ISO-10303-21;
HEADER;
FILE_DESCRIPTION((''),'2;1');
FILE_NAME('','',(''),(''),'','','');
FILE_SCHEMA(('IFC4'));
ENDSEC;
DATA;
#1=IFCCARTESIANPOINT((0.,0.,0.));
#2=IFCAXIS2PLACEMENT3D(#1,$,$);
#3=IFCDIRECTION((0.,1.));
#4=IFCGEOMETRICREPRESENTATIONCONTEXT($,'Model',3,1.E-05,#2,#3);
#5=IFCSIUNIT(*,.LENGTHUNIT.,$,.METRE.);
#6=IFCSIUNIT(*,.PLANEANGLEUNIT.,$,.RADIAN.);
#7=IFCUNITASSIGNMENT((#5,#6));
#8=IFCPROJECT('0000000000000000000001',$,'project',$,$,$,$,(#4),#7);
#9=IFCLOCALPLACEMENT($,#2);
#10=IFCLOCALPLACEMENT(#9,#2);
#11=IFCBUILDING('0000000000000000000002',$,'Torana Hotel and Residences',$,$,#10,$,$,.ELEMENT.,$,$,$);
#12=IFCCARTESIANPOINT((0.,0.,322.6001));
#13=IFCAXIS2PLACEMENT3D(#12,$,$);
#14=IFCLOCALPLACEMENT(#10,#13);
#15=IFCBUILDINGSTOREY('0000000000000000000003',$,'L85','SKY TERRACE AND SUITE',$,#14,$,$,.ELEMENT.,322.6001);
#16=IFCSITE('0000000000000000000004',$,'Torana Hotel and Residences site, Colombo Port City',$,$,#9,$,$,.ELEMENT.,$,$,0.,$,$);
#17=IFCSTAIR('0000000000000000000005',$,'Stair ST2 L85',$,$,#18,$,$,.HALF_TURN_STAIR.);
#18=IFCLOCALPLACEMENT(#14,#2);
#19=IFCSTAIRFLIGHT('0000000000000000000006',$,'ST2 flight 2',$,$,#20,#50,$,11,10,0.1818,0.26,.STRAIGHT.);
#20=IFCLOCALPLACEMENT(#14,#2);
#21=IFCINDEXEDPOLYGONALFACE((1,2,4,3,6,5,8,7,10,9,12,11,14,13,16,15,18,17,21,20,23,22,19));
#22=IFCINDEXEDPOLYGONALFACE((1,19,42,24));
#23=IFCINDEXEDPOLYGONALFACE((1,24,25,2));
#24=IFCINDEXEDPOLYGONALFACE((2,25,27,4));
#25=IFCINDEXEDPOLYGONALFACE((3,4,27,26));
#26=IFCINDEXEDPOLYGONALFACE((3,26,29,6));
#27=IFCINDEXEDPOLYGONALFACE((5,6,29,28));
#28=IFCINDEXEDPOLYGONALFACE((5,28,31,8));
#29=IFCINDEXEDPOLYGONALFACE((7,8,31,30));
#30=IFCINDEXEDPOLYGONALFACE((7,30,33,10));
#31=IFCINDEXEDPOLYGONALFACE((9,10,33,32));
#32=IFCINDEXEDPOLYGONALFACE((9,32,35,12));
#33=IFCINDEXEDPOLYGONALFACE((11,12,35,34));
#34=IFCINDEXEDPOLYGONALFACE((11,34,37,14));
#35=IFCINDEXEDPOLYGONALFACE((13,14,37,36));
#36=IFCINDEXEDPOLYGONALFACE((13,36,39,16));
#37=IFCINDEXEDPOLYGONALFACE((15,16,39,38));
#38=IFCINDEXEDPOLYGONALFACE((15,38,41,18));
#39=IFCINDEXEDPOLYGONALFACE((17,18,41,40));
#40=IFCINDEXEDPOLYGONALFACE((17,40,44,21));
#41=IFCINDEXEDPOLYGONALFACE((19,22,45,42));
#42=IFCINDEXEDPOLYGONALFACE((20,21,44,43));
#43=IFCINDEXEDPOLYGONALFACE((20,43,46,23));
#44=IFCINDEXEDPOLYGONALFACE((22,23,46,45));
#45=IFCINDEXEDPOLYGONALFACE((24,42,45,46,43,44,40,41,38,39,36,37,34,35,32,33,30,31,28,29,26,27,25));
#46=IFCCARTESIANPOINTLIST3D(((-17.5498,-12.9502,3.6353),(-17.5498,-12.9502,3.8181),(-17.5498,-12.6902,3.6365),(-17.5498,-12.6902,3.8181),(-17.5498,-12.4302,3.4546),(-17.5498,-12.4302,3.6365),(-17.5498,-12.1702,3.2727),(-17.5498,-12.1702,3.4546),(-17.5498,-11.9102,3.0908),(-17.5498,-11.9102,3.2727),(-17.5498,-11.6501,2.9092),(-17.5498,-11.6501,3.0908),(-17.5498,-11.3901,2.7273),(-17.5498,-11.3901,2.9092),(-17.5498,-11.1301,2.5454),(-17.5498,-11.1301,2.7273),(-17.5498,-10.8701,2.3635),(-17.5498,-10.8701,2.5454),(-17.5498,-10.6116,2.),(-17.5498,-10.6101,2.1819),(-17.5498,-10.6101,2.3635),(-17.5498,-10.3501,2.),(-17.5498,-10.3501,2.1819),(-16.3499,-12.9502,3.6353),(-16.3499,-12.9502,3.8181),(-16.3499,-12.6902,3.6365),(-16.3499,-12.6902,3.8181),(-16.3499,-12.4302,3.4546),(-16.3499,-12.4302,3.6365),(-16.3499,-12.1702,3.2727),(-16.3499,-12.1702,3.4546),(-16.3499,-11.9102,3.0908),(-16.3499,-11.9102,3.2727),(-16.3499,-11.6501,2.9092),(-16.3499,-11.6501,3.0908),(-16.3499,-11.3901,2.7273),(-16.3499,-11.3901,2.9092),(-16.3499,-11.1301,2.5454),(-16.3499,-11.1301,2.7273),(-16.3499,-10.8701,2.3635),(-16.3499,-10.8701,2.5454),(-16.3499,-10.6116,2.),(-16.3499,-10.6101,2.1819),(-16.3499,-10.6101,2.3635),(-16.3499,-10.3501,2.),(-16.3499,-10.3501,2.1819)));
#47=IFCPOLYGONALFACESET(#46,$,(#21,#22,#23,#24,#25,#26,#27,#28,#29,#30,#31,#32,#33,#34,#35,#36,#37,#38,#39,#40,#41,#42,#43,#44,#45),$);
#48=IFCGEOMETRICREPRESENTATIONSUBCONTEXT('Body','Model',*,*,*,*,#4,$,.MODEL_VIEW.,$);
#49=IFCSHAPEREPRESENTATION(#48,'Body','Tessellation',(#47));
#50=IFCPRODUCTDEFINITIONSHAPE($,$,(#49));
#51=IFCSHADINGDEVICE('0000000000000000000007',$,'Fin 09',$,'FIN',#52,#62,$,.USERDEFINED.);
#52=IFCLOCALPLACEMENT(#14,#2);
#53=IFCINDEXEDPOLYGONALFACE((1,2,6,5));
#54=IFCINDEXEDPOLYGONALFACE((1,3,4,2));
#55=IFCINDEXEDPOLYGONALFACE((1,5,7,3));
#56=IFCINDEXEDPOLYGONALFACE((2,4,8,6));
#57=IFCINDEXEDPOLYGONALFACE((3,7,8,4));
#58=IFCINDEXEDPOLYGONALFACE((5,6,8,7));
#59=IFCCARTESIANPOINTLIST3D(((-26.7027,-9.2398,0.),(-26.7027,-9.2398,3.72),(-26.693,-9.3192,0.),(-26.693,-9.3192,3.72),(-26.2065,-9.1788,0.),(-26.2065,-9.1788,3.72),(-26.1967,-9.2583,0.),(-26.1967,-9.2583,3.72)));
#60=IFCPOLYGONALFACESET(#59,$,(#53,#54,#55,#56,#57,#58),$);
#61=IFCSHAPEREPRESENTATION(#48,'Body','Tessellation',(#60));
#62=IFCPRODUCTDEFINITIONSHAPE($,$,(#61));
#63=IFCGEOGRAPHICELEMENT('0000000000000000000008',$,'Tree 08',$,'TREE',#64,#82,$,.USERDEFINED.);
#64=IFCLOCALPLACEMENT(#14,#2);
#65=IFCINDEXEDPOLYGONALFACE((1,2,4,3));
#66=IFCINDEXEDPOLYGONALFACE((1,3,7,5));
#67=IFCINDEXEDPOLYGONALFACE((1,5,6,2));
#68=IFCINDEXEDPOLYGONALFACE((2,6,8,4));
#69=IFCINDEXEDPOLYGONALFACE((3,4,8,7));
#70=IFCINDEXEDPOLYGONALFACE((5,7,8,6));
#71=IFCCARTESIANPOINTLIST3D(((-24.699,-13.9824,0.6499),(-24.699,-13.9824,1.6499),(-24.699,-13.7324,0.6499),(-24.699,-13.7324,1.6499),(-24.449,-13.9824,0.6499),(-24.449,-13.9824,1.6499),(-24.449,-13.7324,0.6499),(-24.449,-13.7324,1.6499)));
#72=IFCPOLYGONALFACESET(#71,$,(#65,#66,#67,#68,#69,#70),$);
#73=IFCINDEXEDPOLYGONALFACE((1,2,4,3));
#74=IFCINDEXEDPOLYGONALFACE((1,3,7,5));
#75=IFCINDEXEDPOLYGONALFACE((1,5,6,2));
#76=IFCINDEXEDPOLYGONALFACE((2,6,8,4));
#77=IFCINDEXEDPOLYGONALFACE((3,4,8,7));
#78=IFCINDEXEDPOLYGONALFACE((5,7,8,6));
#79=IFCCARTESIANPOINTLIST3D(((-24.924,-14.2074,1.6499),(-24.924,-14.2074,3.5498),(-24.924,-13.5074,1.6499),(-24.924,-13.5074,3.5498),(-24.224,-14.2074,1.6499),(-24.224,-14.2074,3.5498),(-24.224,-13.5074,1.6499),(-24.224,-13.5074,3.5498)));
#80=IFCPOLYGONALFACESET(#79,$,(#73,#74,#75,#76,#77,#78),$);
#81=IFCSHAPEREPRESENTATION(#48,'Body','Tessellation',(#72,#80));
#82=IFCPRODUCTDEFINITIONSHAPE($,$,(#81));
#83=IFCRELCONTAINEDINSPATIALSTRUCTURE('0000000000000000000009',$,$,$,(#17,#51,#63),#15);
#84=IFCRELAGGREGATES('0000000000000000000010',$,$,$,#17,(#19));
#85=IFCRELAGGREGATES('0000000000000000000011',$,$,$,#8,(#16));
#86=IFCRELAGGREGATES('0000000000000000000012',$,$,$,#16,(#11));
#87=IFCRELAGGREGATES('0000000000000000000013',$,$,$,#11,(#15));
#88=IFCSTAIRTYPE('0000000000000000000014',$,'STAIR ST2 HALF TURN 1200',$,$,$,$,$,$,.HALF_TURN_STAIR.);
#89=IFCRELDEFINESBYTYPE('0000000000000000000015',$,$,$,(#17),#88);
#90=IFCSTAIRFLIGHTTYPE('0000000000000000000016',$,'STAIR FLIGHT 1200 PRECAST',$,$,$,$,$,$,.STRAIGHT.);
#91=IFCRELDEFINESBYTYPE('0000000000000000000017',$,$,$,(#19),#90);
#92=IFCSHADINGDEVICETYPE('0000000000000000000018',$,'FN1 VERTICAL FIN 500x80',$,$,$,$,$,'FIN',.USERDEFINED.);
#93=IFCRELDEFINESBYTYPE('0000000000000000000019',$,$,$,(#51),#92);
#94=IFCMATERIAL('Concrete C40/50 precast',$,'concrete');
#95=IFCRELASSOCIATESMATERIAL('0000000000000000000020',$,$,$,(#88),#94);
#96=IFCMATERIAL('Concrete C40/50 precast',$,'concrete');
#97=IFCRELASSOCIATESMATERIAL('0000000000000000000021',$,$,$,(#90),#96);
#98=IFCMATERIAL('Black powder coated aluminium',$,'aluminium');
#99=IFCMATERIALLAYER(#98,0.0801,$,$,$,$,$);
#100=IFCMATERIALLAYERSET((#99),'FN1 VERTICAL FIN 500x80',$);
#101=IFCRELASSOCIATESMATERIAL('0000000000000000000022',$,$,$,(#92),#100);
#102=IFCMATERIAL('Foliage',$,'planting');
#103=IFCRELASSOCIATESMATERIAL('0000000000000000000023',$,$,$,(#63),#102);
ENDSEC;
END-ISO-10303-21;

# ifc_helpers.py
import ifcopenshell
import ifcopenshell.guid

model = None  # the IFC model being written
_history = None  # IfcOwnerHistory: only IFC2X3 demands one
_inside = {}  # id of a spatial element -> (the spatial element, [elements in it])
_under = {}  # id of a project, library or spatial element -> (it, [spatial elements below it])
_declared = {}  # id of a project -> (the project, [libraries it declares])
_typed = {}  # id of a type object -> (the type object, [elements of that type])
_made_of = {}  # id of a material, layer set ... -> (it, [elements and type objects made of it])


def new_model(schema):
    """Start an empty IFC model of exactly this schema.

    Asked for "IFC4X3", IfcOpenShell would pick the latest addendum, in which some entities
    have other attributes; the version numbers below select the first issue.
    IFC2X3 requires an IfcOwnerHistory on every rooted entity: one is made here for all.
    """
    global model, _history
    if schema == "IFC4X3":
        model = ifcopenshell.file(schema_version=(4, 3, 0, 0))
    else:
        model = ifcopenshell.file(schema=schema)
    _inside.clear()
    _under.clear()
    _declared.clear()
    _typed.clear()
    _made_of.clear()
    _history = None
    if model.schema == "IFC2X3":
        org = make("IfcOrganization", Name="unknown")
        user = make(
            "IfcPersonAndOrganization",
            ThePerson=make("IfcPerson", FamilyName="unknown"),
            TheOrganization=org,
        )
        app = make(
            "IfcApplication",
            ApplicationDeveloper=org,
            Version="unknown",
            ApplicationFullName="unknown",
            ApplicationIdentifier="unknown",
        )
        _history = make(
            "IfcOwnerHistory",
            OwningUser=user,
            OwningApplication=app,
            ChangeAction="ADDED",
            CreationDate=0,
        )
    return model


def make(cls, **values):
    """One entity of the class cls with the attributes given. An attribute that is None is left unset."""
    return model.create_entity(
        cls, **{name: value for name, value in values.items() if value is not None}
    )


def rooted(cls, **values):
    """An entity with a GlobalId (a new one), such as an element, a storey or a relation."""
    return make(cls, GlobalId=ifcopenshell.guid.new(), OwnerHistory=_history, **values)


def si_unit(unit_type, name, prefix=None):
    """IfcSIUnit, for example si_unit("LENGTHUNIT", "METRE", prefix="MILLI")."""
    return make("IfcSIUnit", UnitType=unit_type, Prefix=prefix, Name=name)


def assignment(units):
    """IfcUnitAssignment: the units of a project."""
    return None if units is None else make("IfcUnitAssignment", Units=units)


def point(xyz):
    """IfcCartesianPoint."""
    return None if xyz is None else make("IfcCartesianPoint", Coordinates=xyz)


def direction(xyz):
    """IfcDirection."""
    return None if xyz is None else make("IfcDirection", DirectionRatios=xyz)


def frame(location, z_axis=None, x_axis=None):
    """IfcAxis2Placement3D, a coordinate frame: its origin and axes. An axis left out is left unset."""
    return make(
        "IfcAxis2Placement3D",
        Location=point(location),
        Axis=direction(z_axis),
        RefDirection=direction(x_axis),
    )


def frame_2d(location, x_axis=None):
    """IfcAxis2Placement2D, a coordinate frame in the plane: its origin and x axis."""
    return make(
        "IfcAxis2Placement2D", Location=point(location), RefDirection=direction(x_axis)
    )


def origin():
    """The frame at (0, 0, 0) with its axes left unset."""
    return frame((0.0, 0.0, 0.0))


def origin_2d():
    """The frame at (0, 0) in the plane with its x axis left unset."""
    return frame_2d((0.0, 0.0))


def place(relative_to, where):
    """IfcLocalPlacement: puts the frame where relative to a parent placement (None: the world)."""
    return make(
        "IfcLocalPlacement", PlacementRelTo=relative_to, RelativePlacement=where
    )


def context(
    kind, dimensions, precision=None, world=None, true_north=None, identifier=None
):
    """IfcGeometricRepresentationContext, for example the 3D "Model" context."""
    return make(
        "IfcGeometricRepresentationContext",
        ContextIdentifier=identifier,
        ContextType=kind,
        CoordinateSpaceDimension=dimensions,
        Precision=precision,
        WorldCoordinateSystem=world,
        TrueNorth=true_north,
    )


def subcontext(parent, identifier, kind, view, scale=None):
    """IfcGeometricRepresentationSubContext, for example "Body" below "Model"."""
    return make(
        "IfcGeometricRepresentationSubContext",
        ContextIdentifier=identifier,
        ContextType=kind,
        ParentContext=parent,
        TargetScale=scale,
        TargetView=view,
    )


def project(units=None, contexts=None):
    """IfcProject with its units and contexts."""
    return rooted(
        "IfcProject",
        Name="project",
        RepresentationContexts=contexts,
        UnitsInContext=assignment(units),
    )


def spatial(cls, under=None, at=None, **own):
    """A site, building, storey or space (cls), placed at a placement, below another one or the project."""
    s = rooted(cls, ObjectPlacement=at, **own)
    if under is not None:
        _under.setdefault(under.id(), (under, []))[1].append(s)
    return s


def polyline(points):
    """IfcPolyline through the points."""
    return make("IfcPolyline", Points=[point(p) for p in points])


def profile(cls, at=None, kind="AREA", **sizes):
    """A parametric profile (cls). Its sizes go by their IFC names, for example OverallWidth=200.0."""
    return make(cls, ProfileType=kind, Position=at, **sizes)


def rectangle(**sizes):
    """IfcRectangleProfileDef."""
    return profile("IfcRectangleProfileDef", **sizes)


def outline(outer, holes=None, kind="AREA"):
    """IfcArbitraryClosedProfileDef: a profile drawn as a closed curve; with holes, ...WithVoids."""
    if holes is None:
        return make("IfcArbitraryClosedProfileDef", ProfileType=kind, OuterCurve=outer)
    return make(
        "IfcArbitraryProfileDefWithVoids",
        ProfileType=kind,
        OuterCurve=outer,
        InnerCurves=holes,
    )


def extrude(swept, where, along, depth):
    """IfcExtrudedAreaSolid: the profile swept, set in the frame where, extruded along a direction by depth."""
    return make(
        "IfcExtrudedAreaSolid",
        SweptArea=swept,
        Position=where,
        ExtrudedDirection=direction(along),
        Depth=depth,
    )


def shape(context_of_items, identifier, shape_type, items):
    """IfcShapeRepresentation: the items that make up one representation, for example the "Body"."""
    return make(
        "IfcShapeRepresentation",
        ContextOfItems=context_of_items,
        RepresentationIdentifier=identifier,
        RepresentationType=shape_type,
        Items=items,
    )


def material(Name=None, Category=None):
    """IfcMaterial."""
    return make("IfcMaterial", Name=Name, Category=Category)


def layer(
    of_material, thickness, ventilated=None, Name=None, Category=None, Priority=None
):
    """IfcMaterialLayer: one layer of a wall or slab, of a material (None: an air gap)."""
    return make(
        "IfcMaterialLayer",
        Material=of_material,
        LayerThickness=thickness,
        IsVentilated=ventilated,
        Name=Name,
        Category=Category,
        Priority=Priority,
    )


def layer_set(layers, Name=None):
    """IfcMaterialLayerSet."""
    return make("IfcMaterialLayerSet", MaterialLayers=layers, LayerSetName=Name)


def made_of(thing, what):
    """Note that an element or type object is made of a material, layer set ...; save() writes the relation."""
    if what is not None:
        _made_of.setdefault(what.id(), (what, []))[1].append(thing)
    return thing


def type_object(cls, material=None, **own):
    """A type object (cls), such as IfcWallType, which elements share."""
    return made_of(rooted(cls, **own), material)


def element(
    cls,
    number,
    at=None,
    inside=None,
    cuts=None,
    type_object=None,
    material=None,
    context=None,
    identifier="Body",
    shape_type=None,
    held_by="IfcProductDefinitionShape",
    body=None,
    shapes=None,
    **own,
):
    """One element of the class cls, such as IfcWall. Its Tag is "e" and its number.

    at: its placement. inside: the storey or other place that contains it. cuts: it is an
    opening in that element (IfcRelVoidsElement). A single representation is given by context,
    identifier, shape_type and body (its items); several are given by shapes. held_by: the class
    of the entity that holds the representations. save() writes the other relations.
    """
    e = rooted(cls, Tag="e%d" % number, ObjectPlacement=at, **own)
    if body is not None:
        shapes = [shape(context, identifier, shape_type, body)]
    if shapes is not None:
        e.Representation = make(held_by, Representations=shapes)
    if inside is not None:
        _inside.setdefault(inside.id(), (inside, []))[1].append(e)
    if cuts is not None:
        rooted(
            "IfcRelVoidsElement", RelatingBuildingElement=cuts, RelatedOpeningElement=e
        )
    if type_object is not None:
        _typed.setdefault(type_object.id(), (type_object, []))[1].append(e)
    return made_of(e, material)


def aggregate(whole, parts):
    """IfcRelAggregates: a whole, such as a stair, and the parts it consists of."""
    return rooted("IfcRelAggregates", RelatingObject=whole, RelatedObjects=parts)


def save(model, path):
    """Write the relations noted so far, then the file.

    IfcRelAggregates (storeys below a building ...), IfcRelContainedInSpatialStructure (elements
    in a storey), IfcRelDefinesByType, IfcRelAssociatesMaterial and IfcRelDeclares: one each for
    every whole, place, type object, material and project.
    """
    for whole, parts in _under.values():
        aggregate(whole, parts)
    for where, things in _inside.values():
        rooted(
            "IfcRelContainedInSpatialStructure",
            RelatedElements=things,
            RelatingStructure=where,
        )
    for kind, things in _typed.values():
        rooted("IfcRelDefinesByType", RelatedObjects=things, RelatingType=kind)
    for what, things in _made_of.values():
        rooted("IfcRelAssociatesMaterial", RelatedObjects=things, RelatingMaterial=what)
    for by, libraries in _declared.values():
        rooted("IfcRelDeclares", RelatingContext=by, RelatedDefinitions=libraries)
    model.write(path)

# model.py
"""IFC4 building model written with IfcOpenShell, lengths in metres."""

from ifc_helpers import new_model, si_unit, direction, frame, origin, origin_2d, place, context, subcontext, project, spatial, polyline, rectangle, outline, extrude, material, layer, layer_set, type_object, element, aggregate, save


model = new_model("IFC4")

# Units and contexts
model_context = context("Model", 3, precision=1e-05, world=origin(), true_north=direction((0.0, 1.0)))
body_context = subcontext(model_context, "Body", "Model", "MODEL_VIEW")
ifc_project = project(units=[si_unit("LENGTHUNIT", "METRE"), si_unit("PLANEANGLEUNIT", "RADIAN")], contexts=[model_context])

# Site, building, storey
site_placement = place(None, origin())
site = spatial("IfcSite", under=ifc_project, at=site_placement, Name="Torana Hotel and Residences site, Colombo Port City", CompositionType="ELEMENT", RefElevation=0.0)
building_placement = place(site_placement, origin())
building = spatial("IfcBuilding", under=site, at=building_placement, Name="Torana Hotel and Residences", CompositionType="ELEMENT")
storey_placement = place(building_placement, frame((0.0, 0.0, 322.6001)))
storey = spatial("IfcBuildingStorey", under=building, at=storey_placement, Name="L85", Description="SKY TERRACE AND SUITE", CompositionType="ELEMENT", Elevation=322.6001)

# Stair, stair flight
ifc_material_1 = material(Name="Concrete C40/50 precast", Category="concrete")
stair_type = type_object("IfcStairType", Name="STAIR ST2 HALF TURN 1200", PredefinedType="HALF_TURN_STAIR", material=ifc_material_1)
stair_placement = place(storey_placement, origin())
stair = element("IfcStair", 1, at=stair_placement, inside=storey, type_object=stair_type, Name="Stair ST2 L85", PredefinedType="HALF_TURN_STAIR")
ifc_material_2 = material(Name="Concrete C40/50 precast", Category="concrete")
stair_flight_type = type_object("IfcStairFlightType", Name="STAIR FLIGHT 1200 PRECAST", PredefinedType="STRAIGHT", material=ifc_material_2)
stair_flight_1_placement = place(storey_placement, frame((-16.95, -10.3501, 2.0), z_axis=(0.0, 0.0, 1.0), x_axis=(0.0, -1.0, 0.0)))
stair_flight_1 = element("IfcStairFlight", 2, at=stair_flight_1_placement, type_object=stair_flight_type, Name="ST2 flight 2", NumberOfRisers=11, NumberOfTreads=10, PredefinedType="STRAIGHT", RiserHeight=0.1818, TreadLength=0.26, context=body_context, shape_type="SweptSolid", body=[
    extrude(outline(polyline([(0.0, 0.0), (0.0, 0.1819), (0.26, 0.1819), (0.26, 0.3635), (0.52, 0.3635), (0.52, 0.5454), (0.78, 0.5454), (0.78, 0.7273), (1.04, 0.7273), (1.04, 0.9092), (1.3, 0.9092), (1.3, 1.0908), (1.5601, 1.0908), (1.5601, 1.2727), (1.8201, 1.2727), (1.8201, 1.4546), (2.0801, 1.4546), (2.0801, 1.6365), (2.3401, 1.6365), (2.3401, 1.8181), (2.6001, 1.8181), (2.6001, 2.0), (2.6001, 1.6353), (0.2615, 0.0), (0.0, 0.0)])), frame((0.0, 0.6001, 0.0), z_axis=(0.0, -1.0, 0.0), x_axis=(1.0, 0.0, 0.0)), (0.0, 0.0, 1.0), 1.2),
])
aggregate(stair, [stair_flight_1])

# Shading device
ifc_material_3 = material(Name="Black powder coated aluminium", Category="aluminium")
ifc_layer_1 = layer(ifc_material_3, 0.0801)
ifc_layer_set_1 = layer_set([ifc_layer_1], Name="FN1 VERTICAL FIN 500x80")
shading_device_type = type_object("IfcShadingDeviceType", Name="FN1 VERTICAL FIN 500x80", ElementType="FIN", PredefinedType="USERDEFINED", material=ifc_layer_set_1)
shading_device_placement = place(storey_placement, frame((-26.4497, -9.249, 0.0), z_axis=(0.0, 0.0, 1.0), x_axis=(-0.121871, 0.992546, 0.0)))
element("IfcShadingDevice", 3, at=shading_device_placement, inside=storey, type_object=shading_device_type, Name="Fin 09", ObjectType="FIN", PredefinedType="USERDEFINED", context=body_context, shape_type="SweptSolid", body=[
    extrude(rectangle(XDim=0.0801, YDim=0.5, at=origin_2d()), origin(), (0.0, 0.0, 1.0), 3.72),
])

# Geographic element
ifc_material_4 = material(Name="Foliage", Category="planting")
geographic_element_placement = place(storey_placement, frame((-24.574, -13.8574, 0.6499), z_axis=(0.0, 0.0, 1.0), x_axis=(1.0, 0.0, 0.0)))
element("IfcGeographicElement", 4, at=geographic_element_placement, inside=storey, material=ifc_material_4, Name="Tree 08", ObjectType="TREE", PredefinedType="USERDEFINED", context=body_context, shape_type="SweptSolid", body=[
    extrude(rectangle(XDim=0.25, YDim=0.25, at=origin_2d()), origin(), (0.0, 0.0, 1.0), 1.0),
    extrude(rectangle(XDim=0.7, YDim=0.7, at=origin_2d()), frame((0.0, 0.0, 1.0)), (0.0, 0.0, 1.0), 1.8999),
])

save(model, "model.ifc")
